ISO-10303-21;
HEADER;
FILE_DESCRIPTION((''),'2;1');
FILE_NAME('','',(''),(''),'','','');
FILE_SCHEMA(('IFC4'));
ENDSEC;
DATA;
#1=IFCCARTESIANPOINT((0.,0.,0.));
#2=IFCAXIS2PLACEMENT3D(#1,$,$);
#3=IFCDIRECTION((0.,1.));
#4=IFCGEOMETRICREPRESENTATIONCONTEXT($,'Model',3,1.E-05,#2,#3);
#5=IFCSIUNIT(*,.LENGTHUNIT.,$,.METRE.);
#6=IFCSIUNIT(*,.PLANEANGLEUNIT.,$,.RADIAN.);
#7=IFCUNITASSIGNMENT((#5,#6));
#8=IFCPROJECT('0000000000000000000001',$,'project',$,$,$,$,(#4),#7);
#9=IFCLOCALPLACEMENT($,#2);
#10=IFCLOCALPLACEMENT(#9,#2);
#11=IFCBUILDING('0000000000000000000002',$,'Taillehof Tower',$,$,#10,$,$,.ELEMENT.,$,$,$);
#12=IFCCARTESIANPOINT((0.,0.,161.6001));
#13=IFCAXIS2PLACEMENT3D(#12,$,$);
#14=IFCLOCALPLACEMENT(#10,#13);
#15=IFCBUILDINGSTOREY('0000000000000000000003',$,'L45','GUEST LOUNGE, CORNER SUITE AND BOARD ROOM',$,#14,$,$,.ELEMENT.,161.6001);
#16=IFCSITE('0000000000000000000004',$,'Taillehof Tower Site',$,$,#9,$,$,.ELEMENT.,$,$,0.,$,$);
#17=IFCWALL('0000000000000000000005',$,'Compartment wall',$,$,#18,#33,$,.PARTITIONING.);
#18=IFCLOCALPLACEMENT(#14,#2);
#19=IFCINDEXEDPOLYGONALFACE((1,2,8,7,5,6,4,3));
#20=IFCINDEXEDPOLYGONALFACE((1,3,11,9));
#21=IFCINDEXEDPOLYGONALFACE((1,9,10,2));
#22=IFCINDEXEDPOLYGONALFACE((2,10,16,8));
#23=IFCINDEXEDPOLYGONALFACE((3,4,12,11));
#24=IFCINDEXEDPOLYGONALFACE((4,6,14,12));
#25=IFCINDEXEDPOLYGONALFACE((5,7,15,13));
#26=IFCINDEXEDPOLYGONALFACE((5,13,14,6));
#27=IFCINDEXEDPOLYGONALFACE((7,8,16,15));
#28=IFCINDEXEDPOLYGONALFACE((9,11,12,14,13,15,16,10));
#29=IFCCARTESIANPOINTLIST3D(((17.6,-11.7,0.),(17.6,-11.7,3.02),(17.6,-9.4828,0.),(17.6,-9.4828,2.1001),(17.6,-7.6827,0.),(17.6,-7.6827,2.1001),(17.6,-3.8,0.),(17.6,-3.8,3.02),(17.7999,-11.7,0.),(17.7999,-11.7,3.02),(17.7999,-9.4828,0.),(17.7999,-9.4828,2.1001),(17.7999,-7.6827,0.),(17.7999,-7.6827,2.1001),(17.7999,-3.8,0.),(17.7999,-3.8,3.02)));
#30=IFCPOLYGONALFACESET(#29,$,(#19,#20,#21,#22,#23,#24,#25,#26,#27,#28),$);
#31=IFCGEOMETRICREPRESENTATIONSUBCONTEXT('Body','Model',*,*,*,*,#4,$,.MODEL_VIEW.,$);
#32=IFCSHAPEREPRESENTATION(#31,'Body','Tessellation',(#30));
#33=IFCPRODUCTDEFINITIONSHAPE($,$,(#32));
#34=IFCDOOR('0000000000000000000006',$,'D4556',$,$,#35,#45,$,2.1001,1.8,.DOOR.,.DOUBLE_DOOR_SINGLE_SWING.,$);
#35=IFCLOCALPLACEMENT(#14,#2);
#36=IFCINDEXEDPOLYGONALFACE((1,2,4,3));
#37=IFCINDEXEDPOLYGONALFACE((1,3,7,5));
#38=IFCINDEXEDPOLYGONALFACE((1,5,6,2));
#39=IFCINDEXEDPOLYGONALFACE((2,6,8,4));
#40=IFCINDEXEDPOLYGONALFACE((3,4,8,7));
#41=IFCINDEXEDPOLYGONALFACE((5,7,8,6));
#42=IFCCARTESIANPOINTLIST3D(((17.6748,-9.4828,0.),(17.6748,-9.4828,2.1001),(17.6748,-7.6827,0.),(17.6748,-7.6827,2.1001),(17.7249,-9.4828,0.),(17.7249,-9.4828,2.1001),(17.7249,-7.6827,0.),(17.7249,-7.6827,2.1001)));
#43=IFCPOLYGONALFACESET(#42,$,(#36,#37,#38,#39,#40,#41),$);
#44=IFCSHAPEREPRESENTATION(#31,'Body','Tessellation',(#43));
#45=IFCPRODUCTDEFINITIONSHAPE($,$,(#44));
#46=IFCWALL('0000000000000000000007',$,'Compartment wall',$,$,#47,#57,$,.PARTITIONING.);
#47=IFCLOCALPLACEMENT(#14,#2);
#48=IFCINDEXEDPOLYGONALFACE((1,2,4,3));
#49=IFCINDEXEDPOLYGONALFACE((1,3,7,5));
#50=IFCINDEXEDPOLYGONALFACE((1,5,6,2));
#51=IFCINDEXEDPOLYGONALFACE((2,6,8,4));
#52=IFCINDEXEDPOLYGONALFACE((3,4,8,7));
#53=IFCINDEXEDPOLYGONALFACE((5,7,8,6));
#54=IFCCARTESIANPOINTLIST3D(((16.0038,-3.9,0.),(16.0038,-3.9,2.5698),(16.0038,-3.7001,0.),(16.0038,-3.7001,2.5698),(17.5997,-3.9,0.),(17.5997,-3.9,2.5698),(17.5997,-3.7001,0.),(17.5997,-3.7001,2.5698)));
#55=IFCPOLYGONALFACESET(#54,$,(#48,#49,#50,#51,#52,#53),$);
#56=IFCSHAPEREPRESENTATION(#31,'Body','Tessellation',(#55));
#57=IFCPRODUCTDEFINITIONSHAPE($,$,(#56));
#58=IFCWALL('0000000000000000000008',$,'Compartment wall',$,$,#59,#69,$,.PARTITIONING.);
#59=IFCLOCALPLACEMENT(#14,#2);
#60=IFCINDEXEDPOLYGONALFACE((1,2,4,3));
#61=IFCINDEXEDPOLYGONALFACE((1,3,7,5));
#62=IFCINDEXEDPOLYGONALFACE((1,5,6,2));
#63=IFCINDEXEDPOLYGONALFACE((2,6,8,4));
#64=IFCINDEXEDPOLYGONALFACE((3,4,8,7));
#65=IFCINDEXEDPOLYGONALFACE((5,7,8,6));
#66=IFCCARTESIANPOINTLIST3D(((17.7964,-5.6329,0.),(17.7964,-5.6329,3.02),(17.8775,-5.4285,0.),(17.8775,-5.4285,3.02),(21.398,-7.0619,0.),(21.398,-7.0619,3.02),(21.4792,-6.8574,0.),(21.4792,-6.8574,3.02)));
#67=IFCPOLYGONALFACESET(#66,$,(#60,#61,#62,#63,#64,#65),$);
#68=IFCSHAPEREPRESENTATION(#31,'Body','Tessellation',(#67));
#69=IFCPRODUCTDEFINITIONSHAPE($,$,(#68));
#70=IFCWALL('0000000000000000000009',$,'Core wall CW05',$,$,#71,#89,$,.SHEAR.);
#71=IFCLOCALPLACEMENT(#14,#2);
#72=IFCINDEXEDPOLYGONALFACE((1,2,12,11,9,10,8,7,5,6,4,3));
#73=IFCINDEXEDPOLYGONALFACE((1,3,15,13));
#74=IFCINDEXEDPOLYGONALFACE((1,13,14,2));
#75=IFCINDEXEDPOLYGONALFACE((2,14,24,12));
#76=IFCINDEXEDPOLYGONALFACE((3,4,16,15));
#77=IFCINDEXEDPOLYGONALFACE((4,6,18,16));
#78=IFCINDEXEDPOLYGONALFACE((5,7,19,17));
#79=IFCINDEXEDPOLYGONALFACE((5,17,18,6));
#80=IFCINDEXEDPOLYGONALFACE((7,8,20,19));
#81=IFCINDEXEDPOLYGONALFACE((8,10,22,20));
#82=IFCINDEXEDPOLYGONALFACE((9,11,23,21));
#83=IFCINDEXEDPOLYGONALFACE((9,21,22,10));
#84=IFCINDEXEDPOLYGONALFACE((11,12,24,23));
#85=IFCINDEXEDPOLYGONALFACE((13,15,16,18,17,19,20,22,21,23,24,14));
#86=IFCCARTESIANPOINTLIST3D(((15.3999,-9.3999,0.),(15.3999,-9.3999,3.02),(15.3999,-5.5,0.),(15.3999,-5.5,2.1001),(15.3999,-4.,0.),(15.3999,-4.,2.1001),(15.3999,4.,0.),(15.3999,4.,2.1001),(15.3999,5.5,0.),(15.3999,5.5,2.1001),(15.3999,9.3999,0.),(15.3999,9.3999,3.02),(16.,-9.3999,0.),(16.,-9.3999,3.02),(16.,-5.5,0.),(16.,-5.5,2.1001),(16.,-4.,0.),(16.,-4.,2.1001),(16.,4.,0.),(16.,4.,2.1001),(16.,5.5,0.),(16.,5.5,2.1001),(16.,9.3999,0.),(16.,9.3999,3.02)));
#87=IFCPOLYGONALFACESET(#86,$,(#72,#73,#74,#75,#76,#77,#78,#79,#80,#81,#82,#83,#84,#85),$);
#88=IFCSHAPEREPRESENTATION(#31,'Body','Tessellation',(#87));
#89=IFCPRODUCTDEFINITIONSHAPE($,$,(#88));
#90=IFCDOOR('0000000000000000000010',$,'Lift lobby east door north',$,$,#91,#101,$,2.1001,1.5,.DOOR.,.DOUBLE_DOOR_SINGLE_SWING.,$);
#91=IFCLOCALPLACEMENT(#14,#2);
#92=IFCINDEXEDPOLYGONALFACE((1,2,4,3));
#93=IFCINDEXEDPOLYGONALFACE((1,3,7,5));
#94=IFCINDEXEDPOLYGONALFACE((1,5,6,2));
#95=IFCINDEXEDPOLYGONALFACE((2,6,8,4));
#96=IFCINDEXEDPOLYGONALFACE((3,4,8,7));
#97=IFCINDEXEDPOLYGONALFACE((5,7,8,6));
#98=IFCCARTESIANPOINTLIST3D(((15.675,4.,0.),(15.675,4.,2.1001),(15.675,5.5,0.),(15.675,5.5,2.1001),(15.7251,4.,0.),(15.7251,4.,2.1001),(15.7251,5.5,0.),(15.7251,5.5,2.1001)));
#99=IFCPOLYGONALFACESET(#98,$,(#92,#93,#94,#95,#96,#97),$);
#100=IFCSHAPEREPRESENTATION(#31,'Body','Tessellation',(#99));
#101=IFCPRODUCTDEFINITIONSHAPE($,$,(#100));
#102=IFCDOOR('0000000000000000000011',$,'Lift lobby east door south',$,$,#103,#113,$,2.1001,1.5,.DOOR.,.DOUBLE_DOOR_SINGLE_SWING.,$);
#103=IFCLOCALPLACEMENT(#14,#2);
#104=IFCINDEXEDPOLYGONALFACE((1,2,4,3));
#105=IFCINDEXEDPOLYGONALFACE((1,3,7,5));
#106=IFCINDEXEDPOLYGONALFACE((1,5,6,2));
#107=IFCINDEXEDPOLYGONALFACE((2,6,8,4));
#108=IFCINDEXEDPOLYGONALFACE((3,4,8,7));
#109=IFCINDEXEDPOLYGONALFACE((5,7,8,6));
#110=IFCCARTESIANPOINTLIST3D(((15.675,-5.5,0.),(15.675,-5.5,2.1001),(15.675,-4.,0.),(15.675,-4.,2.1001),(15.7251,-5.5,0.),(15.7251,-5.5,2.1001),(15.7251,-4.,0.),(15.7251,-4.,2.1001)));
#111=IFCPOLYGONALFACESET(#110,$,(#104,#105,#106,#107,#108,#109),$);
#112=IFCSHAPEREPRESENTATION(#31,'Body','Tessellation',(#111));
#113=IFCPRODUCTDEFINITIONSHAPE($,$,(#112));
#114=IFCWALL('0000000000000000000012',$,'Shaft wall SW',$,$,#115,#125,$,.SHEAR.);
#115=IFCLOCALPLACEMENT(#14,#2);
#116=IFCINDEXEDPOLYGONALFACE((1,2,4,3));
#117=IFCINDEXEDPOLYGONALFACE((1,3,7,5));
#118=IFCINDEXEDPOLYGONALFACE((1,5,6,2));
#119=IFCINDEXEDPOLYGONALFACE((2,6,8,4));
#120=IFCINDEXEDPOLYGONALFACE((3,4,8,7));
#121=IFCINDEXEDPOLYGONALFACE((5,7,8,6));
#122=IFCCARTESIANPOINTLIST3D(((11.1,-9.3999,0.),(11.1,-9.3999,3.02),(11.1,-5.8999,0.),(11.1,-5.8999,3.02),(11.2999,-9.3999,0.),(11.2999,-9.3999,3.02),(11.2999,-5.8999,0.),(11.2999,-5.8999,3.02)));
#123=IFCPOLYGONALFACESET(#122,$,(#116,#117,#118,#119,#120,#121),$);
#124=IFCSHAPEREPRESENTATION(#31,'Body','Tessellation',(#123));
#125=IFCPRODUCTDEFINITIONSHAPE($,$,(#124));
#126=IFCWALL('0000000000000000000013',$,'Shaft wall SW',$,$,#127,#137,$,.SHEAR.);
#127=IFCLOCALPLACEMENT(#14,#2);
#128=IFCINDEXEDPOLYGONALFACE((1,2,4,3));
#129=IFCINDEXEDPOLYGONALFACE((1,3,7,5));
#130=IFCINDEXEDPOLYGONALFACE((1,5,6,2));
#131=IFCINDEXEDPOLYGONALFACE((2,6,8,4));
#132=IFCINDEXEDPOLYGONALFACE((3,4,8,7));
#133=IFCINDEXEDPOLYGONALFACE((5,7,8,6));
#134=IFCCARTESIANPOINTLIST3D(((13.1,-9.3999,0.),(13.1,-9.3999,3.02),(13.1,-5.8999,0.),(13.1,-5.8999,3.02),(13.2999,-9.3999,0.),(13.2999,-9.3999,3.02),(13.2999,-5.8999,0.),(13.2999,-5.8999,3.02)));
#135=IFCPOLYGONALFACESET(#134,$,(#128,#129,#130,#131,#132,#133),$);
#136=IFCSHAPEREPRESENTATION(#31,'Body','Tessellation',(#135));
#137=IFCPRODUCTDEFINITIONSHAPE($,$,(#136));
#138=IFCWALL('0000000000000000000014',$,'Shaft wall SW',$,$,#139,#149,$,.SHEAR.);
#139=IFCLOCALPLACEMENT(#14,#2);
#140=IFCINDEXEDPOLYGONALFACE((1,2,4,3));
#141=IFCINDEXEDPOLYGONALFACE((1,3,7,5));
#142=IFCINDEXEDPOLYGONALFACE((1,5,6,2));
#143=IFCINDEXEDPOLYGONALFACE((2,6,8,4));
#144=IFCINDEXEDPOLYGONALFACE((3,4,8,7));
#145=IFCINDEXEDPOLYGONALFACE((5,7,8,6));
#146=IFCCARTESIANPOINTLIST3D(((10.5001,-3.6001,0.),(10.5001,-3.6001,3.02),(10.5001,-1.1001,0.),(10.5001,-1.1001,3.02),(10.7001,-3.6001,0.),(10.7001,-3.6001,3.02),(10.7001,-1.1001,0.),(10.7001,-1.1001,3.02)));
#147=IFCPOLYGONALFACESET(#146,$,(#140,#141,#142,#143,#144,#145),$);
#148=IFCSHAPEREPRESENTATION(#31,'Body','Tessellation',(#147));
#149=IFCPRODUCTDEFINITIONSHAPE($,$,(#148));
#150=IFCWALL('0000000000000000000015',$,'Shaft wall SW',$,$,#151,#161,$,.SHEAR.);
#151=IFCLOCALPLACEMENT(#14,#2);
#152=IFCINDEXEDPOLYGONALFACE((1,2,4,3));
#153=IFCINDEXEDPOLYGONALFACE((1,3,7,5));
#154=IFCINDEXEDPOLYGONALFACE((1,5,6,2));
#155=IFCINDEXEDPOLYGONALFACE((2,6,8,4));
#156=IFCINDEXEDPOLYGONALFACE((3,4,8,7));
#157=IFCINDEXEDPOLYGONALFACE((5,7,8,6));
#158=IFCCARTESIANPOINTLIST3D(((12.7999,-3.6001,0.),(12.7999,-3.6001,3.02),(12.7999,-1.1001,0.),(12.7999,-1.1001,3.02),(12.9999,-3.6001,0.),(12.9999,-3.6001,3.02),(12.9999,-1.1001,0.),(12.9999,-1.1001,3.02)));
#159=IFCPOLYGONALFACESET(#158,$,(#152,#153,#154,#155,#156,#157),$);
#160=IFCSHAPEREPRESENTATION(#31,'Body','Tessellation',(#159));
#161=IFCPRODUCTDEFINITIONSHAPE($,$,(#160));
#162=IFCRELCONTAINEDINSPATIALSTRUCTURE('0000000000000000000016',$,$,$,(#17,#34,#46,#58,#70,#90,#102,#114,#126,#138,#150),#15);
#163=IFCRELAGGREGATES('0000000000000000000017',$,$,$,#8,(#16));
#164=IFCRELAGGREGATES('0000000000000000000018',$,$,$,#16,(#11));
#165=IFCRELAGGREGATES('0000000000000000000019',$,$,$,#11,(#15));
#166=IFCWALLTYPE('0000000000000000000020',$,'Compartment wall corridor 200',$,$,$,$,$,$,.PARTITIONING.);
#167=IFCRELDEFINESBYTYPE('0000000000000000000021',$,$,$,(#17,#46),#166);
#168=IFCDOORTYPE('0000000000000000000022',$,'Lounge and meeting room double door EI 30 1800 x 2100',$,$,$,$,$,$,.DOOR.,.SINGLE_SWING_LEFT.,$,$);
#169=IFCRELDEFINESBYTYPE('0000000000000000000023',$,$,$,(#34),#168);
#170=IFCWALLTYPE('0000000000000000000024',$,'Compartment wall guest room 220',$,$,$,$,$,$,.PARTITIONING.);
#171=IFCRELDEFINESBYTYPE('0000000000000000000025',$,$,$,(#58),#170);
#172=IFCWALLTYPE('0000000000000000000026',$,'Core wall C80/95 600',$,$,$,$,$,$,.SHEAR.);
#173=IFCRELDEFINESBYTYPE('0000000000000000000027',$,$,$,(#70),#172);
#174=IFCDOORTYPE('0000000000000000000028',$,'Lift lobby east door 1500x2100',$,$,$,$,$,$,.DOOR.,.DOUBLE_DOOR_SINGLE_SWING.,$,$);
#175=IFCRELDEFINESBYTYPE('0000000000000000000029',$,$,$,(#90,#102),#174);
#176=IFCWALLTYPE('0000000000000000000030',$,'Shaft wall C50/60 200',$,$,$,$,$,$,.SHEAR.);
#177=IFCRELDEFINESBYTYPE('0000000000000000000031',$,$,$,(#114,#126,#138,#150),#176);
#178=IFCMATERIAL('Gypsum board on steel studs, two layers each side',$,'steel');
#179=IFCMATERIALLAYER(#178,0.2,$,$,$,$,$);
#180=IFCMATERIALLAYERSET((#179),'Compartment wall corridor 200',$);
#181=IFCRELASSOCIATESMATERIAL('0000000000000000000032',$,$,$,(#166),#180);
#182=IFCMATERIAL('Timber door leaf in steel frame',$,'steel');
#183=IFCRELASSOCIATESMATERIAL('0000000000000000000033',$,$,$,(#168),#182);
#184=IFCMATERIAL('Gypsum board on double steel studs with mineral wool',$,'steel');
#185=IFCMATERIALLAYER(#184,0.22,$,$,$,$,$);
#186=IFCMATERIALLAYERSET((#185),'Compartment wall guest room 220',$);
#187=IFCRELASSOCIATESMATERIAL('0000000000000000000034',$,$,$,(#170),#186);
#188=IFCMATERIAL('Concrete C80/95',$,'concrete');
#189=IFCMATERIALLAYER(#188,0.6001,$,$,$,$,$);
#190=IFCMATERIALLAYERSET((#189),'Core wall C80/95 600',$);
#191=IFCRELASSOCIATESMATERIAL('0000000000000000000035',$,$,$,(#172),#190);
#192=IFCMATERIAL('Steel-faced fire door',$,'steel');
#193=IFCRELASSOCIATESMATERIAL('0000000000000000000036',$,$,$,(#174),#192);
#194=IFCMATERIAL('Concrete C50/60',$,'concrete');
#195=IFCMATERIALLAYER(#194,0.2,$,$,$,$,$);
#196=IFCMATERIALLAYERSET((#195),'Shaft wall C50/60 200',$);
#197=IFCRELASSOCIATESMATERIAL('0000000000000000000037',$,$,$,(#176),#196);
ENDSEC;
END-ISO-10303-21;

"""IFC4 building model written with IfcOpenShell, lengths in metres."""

from ifc_helpers import new_model, si_unit, direction, frame, frame_2d, origin, place, context, subcontext, project, spatial, rectangle, extrude, material, layer, layer_set, type_object, element, fill, save


model = new_model("IFC4")

# Units and contexts
model_context = context("Model", 3, precision=1e-05, world=origin(), true_north=direction((0.0, 1.0)))
body_context = subcontext(model_context, "Body", "Model", "MODEL_VIEW")
ifc_project = project(units=[si_unit("LENGTHUNIT", "METRE"), si_unit("PLANEANGLEUNIT", "RADIAN")], contexts=[model_context])

# Site, building, storey
site_placement = place(None, origin())
site = spatial("IfcSite", under=ifc_project, at=site_placement, Name="Taillehof Tower Site", CompositionType="ELEMENT", RefElevation=0.0)
building_placement = place(site_placement, origin())
building = spatial("IfcBuilding", under=site, at=building_placement, Name="Taillehof Tower", CompositionType="ELEMENT")
storey_placement = place(building_placement, frame((0.0, 0.0, 161.6001)))
storey = spatial("IfcBuildingStorey", under=building, at=storey_placement, Name="L45", Description="GUEST LOUNGE, CORNER SUITE AND BOARD ROOM", CompositionType="ELEMENT", Elevation=161.6001)

# Wall, opening, door
ifc_material_1 = material(Name="Gypsum board on steel studs, two layers each side", Category="steel")
ifc_layer_1 = layer(ifc_material_1, 0.2)
ifc_layer_set_1 = layer_set([ifc_layer_1], Name="Compartment wall corridor 200")
wall_type_1 = type_object("IfcWallType", Name="Compartment wall corridor 200", PredefinedType="PARTITIONING", material=ifc_layer_set_1)
wall_1_placement = place(storey_placement, frame((17.7, -3.8, 0.0), z_axis=(0.0, 0.0, 1.0), x_axis=(0.0, -1.0, 0.0)))
wall_1 = element("IfcWall", 1, at=wall_1_placement, inside=storey, type_object=wall_type_1, Name="Compartment wall", PredefinedType="PARTITIONING", context=body_context, shape_type="SweptSolid", body=[
    extrude(rectangle(XDim=7.8999, YDim=0.2, at=frame_2d((3.95, 0.0))), origin(), (0.0, 0.0, 1.0), 3.02),
])
opening_1_placement = place(wall_1_placement, frame((3.8828, 0.0, 0.0)))
opening_1 = element("IfcOpeningElement", 2, at=opening_1_placement, cuts=wall_1, PredefinedType="OPENING", context=body_context, shape_type="SweptSolid", body=[
    extrude(rectangle(XDim=1.8, YDim=2.1001, at=frame_2d((0.8999, 1.05))), frame((0.0, 0.1099, 0.0), z_axis=(0.0, -1.0, 0.0), x_axis=(1.0, 0.0, 0.0)), (0.0, 0.0, 1.0), 0.22),
])
ifc_material_2 = material(Name="Timber door leaf in steel frame", Category="steel")
door_type_1 = type_object("IfcDoorType", Name="Lounge and meeting room double door EI 30 1800 x 2100", OperationType="SINGLE_SWING_LEFT", PredefinedType="DOOR", material=ifc_material_2)
door_1_placement = place(opening_1_placement, origin())
door_1 = element("IfcDoor", 3, at=door_1_placement, inside=storey, type_object=door_type_1, Name="D4556", OperationType="DOUBLE_DOOR_SINGLE_SWING", OverallHeight=2.1001, OverallWidth=1.8, PredefinedType="DOOR", context=body_context, shape_type="SweptSolid", body=[
    extrude(rectangle(XDim=1.8, YDim=2.1001, at=frame_2d((0.8999, 1.05))), frame((0.0, 0.0249, 0.0), z_axis=(0.0, -1.0, 0.0), x_axis=(1.0, 0.0, 0.0)), (0.0, 0.0, 1.0), 0.05),
])
fill(opening_1, door_1)

# Walls
wall_2_placement = place(storey_placement, frame((16.0039, -3.8, 0.0), z_axis=(0.0, 0.0, 1.0), x_axis=(1.0, 0.0, 0.0)))
element("IfcWall", 4, at=wall_2_placement, inside=storey, type_object=wall_type_1, Name="Compartment wall", PredefinedType="PARTITIONING", context=body_context, shape_type="SweptSolid", body=[
    extrude(rectangle(XDim=1.5959, YDim=0.2, at=frame_2d((0.7979, 0.0))), origin(), (0.0, 0.0, 1.0), 2.5698),
])
ifc_material_3 = material(Name="Gypsum board on double steel studs with mineral wool", Category="steel")
ifc_layer_2 = layer(ifc_material_3, 0.22)
ifc_layer_set_2 = layer_set([ifc_layer_2], Name="Compartment wall guest room 220")
wall_type_2 = type_object("IfcWallType", Name="Compartment wall guest room 220", PredefinedType="PARTITIONING", material=ifc_layer_set_2)
wall_3_placement = place(storey_placement, frame((21.4387, -6.9597, 0.0), z_axis=(0.0, 0.0, 1.0), x_axis=(-0.929512, 0.368793, 0.0)))
element("IfcWall", 5, at=wall_3_placement, inside=storey, type_object=wall_type_2, Name="Compartment wall", PredefinedType="PARTITIONING", context=body_context, shape_type="SweptSolid", body=[
    extrude(rectangle(XDim=3.8748, YDim=0.22, at=frame_2d((1.9375, 0.0))), origin(), (0.0, 0.0, 1.0), 3.02),
])

# Wall, openings, doors
ifc_material_4 = material(Name="Concrete C80/95", Category="concrete")
ifc_layer_3 = layer(ifc_material_4, 0.6001)
ifc_layer_set_3 = layer_set([ifc_layer_3], Name="Core wall C80/95 600")
wall_type_3 = type_object("IfcWallType", Name="Core wall C80/95 600", PredefinedType="SHEAR", material=ifc_layer_set_3)
wall_4_placement = place(storey_placement, frame((15.7, -9.3999, 0.0), z_axis=(0.0, 0.0, 1.0), x_axis=(0.0, 1.0, 0.0)))
wall_4 = element("IfcWall", 6, at=wall_4_placement, inside=storey, type_object=wall_type_3, Name="Core wall CW05", PredefinedType="SHEAR", context=body_context, shape_type="SweptSolid", body=[
    extrude(rectangle(XDim=18.7998, YDim=0.6001, at=frame_2d((9.3999, 0.0))), origin(), (0.0, 0.0, 1.0), 3.02),
])
opening_2_placement = place(wall_4_placement, frame((13.3999, 0.0, 0.0)))
opening_2 = element("IfcOpeningElement", 7, at=opening_2_placement, cuts=wall_4, PredefinedType="OPENING", context=body_context, shape_type="SweptSolid", body=[
    extrude(rectangle(XDim=1.5, YDim=2.1001, at=frame_2d((0.75, 1.05))), frame((0.0, 0.3101, 0.0), z_axis=(0.0, -1.0, 0.0), x_axis=(1.0, 0.0, 0.0)), (0.0, 0.0, 1.0), 0.6201),
])
opening_3_placement = place(wall_4_placement, frame((3.8999, 0.0, 0.0)))
opening_3 = element("IfcOpeningElement", 8, at=opening_3_placement, cuts=wall_4, PredefinedType="OPENING", context=body_context, shape_type="SweptSolid", body=[
    extrude(rectangle(XDim=1.5, YDim=2.1001, at=frame_2d((0.75, 1.05))), frame((0.0, 0.3101, 0.0), z_axis=(0.0, -1.0, 0.0), x_axis=(1.0, 0.0, 0.0)), (0.0, 0.0, 1.0), 0.6201),
])
ifc_material_5 = material(Name="Steel-faced fire door", Category="steel")
door_type_2 = type_object("IfcDoorType", Name="Lift lobby east door 1500x2100", OperationType="DOUBLE_DOOR_SINGLE_SWING", PredefinedType="DOOR", material=ifc_material_5)
door_2_placement = place(opening_2_placement, origin())
door_2 = element("IfcDoor", 9, at=door_2_placement, inside=storey, type_object=door_type_2, Name="Lift lobby east door north", OperationType="DOUBLE_DOOR_SINGLE_SWING", OverallHeight=2.1001, OverallWidth=1.5, PredefinedType="DOOR", context=body_context, shape_type="SweptSolid", body=[
    extrude(rectangle(XDim=1.5, YDim=2.1001, at=frame_2d((0.75, 1.05))), frame((0.0, 0.0249, 0.0), z_axis=(0.0, -1.0, 0.0), x_axis=(1.0, 0.0, 0.0)), (0.0, 0.0, 1.0), 0.05),
])
fill(opening_2, door_2)
door_3_placement = place(opening_3_placement, origin())
door_3 = element("IfcDoor", 10, at=door_3_placement, inside=storey, type_object=door_type_2, Name="Lift lobby east door south", OperationType="DOUBLE_DOOR_SINGLE_SWING", OverallHeight=2.1001, OverallWidth=1.5, PredefinedType="DOOR", context=body_context, shape_type="SweptSolid", body=[
    extrude(rectangle(XDim=1.5, YDim=2.1001, at=frame_2d((0.75, 1.05))), frame((0.0, 0.0249, 0.0), z_axis=(0.0, -1.0, 0.0), x_axis=(1.0, 0.0, 0.0)), (0.0, 0.0, 1.0), 0.05),
])
fill(opening_3, door_3)

# Walls
ifc_material_6 = material(Name="Concrete C50/60", Category="concrete")
ifc_layer_4 = layer(ifc_material_6, 0.2)
ifc_layer_set_4 = layer_set([ifc_layer_4], Name="Shaft wall C50/60 200")
wall_type_4 = type_object("IfcWallType", Name="Shaft wall C50/60 200", PredefinedType="SHEAR", material=ifc_layer_set_4)
for number, where, z_axis, x_axis, name in (
    (11, (11.2, -9.3999, 0.0), (0.0, 0.0, 1.0), (0.0, 1.0, 0.0), "Shaft wall SW"),
    (12, (13.2, -9.3999, 0.0), (0.0, 0.0, 1.0), (0.0, 1.0, 0.0), "Shaft wall SW"),
):
    element("IfcWall", number, at=place(storey_placement, frame(where, z_axis=z_axis, x_axis=x_axis)), inside=storey, type_object=wall_type_4, Name=name, PredefinedType="SHEAR", context=body_context, shape_type="SweptSolid", body=[
        extrude(rectangle(XDim=3.5, YDim=0.2, at=frame_2d((1.75, 0.0))), origin(), (0.0, 0.0, 1.0), 3.02),
    ])
for number, where, z_axis, x_axis, name in (
    (13, (10.6001, -3.6001, 0.0), (0.0, 0.0, 1.0), (0.0, 1.0, 0.0), "Shaft wall SW"),
    (14, (12.8999, -3.6001, 0.0), (0.0, 0.0, 1.0), (0.0, 1.0, 0.0), "Shaft wall SW"),
):
    element("IfcWall", number, at=place(storey_placement, frame(where, z_axis=z_axis, x_axis=x_axis)), inside=storey, type_object=wall_type_4, Name=name, PredefinedType="SHEAR", context=body_context, shape_type="SweptSolid", body=[
        extrude(rectangle(XDim=2.5, YDim=0.2, at=frame_2d((1.25, 0.0))), origin(), (0.0, 0.0, 1.0), 3.02),
    ])

save(model, "model.ifc")
